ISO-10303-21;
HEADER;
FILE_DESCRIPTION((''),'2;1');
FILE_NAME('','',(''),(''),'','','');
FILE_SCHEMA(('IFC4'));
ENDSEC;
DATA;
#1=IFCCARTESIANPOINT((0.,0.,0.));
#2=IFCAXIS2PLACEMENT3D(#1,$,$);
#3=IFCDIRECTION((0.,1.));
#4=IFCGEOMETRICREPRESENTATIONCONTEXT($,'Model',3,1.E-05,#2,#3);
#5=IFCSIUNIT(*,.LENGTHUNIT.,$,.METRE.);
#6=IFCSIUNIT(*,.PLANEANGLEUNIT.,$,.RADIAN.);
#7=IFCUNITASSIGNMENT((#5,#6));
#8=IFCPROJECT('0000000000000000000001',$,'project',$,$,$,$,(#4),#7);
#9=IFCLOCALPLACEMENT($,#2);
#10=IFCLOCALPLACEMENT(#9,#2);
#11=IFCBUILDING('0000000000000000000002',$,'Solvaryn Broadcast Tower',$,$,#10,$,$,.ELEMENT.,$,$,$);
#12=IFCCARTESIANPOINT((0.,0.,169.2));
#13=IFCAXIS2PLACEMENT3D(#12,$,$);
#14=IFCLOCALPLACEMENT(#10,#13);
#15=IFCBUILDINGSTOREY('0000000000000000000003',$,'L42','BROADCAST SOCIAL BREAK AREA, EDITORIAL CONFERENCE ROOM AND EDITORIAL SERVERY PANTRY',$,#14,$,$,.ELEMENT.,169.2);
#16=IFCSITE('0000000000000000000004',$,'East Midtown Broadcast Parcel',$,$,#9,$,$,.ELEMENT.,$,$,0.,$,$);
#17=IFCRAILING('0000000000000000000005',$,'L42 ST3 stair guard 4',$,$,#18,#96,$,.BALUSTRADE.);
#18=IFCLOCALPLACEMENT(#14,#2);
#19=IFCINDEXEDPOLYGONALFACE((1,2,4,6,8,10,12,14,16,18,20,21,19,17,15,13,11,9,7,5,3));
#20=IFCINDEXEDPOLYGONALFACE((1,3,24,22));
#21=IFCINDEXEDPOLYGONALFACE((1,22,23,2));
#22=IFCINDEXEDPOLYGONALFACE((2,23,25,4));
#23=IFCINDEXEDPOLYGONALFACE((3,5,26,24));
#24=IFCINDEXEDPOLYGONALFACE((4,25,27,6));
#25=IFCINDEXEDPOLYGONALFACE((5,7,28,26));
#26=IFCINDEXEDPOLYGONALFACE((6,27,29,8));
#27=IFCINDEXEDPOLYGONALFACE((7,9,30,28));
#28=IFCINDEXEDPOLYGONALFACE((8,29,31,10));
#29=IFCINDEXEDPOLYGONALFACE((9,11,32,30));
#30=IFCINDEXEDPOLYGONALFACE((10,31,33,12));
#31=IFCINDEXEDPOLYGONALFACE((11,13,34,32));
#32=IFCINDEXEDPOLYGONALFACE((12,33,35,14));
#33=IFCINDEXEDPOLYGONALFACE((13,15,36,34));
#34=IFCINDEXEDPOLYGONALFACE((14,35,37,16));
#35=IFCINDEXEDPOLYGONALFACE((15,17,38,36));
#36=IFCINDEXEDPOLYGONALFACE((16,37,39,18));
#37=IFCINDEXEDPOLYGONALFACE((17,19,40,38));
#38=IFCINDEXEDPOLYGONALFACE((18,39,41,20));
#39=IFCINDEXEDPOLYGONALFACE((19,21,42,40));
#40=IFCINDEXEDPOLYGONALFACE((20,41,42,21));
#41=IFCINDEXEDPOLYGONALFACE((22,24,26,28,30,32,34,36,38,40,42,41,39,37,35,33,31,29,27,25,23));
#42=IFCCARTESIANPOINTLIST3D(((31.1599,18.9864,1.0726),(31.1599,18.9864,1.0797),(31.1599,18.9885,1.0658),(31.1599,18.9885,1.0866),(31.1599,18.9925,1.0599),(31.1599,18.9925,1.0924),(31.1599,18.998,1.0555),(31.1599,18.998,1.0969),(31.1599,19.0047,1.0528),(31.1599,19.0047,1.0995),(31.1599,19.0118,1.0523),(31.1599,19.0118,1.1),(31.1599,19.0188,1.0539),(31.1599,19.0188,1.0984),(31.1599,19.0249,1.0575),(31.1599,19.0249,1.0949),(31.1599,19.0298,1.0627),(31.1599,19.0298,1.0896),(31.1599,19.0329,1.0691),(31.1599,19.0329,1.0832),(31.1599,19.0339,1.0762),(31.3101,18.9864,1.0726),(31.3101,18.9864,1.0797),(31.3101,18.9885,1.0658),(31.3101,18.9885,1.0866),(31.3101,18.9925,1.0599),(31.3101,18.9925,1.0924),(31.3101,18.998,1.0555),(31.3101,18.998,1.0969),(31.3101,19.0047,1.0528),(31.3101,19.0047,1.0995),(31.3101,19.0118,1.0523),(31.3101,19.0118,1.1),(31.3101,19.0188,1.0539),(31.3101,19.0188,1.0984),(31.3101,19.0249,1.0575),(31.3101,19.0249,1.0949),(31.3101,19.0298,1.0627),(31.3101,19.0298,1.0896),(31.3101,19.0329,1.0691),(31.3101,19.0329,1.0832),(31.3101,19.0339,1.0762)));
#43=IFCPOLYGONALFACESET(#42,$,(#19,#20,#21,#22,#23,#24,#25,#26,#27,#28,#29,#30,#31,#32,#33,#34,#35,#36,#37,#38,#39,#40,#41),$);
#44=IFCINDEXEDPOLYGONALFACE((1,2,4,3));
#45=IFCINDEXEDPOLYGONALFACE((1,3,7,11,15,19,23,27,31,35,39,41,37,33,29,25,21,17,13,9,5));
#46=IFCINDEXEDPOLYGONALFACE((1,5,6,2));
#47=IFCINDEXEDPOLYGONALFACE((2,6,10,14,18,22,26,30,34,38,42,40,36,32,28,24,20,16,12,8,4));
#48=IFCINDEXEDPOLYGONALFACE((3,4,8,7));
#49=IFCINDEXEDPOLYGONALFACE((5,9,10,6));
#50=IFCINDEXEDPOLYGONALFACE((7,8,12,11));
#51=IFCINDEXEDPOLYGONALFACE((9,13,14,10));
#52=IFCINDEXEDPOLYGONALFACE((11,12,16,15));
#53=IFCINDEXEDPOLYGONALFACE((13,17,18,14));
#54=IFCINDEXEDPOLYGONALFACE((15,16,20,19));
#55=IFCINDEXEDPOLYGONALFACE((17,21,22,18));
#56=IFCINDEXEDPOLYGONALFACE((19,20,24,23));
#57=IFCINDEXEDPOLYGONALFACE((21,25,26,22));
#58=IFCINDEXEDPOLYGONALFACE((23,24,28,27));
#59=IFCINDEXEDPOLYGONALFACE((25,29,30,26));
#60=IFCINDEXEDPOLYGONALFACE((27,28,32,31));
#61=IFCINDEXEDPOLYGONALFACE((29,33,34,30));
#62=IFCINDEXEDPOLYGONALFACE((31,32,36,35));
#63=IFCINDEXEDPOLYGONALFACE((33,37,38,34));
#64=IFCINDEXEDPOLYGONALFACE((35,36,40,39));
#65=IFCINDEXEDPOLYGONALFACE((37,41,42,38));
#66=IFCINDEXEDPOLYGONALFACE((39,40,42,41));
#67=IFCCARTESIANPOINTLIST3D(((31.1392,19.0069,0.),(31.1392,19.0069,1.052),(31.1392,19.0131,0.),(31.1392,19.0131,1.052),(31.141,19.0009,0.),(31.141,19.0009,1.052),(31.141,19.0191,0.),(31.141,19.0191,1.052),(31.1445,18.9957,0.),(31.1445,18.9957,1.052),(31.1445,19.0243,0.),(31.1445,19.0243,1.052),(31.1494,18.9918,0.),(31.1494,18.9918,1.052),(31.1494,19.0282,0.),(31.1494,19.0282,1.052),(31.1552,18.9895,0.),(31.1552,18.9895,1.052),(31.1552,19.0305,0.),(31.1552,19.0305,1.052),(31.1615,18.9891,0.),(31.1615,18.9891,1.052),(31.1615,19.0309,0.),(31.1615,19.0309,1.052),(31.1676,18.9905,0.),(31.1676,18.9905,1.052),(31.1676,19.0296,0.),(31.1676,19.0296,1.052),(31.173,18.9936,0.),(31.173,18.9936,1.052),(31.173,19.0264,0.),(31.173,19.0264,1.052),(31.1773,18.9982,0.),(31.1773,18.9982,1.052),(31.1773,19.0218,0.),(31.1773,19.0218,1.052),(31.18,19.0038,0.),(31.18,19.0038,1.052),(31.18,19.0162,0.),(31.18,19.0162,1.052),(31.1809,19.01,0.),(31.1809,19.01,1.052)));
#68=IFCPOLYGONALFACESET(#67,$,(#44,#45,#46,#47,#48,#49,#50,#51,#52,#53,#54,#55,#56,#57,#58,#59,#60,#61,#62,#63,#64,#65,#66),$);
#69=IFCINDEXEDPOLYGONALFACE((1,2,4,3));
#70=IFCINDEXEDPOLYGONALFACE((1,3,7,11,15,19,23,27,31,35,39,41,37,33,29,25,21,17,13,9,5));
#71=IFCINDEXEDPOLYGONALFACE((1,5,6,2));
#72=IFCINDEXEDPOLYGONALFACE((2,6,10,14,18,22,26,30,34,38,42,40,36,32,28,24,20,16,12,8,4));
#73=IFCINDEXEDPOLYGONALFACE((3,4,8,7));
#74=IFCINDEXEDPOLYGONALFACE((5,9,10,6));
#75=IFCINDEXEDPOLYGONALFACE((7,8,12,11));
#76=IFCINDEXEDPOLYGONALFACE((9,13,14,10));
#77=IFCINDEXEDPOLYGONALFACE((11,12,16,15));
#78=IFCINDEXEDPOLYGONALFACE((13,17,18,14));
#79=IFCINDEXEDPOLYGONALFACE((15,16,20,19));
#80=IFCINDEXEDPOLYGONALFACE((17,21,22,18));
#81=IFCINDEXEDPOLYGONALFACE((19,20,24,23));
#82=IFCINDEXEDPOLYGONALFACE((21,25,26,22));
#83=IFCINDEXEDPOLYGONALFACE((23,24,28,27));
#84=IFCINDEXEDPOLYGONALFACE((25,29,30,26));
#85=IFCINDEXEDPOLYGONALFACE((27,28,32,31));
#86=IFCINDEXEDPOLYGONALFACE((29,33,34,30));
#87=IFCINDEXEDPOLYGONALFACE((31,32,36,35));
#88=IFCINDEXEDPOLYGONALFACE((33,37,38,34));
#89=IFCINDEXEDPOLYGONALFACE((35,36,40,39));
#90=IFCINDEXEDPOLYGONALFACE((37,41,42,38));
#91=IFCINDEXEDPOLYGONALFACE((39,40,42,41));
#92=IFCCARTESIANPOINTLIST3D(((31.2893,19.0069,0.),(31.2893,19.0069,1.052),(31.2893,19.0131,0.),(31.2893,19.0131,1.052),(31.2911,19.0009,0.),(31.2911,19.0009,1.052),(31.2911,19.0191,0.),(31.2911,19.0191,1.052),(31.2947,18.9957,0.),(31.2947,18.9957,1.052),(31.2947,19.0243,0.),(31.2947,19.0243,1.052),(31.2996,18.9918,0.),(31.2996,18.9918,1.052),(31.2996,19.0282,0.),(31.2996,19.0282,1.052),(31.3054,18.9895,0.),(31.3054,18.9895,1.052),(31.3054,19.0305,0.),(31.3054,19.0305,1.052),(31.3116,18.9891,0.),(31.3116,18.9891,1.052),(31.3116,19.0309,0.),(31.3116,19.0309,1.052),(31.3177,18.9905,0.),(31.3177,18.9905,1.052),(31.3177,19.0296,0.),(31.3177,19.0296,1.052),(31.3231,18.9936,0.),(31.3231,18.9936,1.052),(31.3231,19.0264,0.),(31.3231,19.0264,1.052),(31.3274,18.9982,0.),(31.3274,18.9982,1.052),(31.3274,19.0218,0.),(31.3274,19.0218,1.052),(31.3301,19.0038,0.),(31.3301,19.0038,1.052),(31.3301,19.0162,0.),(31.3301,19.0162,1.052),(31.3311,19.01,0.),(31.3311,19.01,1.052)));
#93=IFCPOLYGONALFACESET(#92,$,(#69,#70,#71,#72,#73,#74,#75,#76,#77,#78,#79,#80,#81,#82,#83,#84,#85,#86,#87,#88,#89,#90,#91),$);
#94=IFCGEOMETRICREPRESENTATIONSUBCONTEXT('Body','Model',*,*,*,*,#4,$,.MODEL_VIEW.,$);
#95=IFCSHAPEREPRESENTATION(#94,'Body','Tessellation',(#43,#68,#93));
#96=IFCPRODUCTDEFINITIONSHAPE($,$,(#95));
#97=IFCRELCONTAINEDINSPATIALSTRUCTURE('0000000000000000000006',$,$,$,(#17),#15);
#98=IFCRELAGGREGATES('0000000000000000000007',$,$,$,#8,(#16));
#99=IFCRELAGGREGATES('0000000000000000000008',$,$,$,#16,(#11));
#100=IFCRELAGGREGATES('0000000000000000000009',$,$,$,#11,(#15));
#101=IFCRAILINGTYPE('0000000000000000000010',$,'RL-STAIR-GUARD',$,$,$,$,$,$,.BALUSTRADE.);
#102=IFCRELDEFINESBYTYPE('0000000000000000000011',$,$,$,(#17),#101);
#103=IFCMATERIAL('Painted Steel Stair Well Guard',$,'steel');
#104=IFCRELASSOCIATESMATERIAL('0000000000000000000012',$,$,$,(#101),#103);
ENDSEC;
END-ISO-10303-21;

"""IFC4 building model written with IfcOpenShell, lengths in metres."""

from ifc_helpers import new_model, si_unit, direction, frame, origin, origin_2d, place, context, subcontext, project, spatial, circle, extrude, material, type_object, element, save


model = new_model("IFC4")

# Units and contexts
model_context = context("Model", 3, precision=1e-05, world=origin(), true_north=direction((0.0, 1.0)))
body_context = subcontext(model_context, "Body", "Model", "MODEL_VIEW")
ifc_project = project(units=[si_unit("LENGTHUNIT", "METRE"), si_unit("PLANEANGLEUNIT", "RADIAN")], contexts=[model_context])

# Site, building, storey
site_placement = place(None, origin())
site = spatial("IfcSite", under=ifc_project, at=site_placement, Name="East Midtown Broadcast Parcel", CompositionType="ELEMENT", RefElevation=0.0)
building_placement = place(site_placement, origin())
building = spatial("IfcBuilding", under=site, at=building_placement, Name="Solvaryn Broadcast Tower", CompositionType="ELEMENT")
storey_placement = place(building_placement, frame((0.0, 0.0, 169.2)))
storey = spatial("IfcBuildingStorey", under=building, at=storey_placement, Name="L42", Description="BROADCAST SOCIAL BREAK AREA, EDITORIAL CONFERENCE ROOM AND EDITORIAL SERVERY PANTRY", CompositionType="ELEMENT", Elevation=169.2)

# Railing
ifc_material_1 = material(Name="Painted Steel Stair Well Guard", Category="steel")
railing_type = type_object("IfcRailingType", Name="RL-STAIR-GUARD", PredefinedType="BALUSTRADE", material=ifc_material_1)
railing_1_placement = place(storey_placement, frame((31.1599, 19.01, 0.0)))
element("IfcRailing", 1, at=railing_1_placement, inside=storey, type_object=railing_type, Name="L42 ST3 stair guard 4", PredefinedType="BALUSTRADE", context=body_context, shape_type="SweptSolid", body=[
    extrude(circle(Radius=0.0239, at=origin_2d()), frame((0.0, 0.0, 1.0762), z_axis=(1.0, 0.0, 0.0), x_axis=(0.0, 1.0, 0.0)), (0.0, 0.0, 1.0), 0.1501),
    extrude(circle(Radius=0.021, at=origin_2d()), origin(), (0.0, 0.0, 1.0), 1.052),
    extrude(circle(Radius=0.021, at=origin_2d()), frame((0.1501, 0.0, 0.0)), (0.0, 0.0, 1.0), 1.052),
])

save(model, "model.ifc")
